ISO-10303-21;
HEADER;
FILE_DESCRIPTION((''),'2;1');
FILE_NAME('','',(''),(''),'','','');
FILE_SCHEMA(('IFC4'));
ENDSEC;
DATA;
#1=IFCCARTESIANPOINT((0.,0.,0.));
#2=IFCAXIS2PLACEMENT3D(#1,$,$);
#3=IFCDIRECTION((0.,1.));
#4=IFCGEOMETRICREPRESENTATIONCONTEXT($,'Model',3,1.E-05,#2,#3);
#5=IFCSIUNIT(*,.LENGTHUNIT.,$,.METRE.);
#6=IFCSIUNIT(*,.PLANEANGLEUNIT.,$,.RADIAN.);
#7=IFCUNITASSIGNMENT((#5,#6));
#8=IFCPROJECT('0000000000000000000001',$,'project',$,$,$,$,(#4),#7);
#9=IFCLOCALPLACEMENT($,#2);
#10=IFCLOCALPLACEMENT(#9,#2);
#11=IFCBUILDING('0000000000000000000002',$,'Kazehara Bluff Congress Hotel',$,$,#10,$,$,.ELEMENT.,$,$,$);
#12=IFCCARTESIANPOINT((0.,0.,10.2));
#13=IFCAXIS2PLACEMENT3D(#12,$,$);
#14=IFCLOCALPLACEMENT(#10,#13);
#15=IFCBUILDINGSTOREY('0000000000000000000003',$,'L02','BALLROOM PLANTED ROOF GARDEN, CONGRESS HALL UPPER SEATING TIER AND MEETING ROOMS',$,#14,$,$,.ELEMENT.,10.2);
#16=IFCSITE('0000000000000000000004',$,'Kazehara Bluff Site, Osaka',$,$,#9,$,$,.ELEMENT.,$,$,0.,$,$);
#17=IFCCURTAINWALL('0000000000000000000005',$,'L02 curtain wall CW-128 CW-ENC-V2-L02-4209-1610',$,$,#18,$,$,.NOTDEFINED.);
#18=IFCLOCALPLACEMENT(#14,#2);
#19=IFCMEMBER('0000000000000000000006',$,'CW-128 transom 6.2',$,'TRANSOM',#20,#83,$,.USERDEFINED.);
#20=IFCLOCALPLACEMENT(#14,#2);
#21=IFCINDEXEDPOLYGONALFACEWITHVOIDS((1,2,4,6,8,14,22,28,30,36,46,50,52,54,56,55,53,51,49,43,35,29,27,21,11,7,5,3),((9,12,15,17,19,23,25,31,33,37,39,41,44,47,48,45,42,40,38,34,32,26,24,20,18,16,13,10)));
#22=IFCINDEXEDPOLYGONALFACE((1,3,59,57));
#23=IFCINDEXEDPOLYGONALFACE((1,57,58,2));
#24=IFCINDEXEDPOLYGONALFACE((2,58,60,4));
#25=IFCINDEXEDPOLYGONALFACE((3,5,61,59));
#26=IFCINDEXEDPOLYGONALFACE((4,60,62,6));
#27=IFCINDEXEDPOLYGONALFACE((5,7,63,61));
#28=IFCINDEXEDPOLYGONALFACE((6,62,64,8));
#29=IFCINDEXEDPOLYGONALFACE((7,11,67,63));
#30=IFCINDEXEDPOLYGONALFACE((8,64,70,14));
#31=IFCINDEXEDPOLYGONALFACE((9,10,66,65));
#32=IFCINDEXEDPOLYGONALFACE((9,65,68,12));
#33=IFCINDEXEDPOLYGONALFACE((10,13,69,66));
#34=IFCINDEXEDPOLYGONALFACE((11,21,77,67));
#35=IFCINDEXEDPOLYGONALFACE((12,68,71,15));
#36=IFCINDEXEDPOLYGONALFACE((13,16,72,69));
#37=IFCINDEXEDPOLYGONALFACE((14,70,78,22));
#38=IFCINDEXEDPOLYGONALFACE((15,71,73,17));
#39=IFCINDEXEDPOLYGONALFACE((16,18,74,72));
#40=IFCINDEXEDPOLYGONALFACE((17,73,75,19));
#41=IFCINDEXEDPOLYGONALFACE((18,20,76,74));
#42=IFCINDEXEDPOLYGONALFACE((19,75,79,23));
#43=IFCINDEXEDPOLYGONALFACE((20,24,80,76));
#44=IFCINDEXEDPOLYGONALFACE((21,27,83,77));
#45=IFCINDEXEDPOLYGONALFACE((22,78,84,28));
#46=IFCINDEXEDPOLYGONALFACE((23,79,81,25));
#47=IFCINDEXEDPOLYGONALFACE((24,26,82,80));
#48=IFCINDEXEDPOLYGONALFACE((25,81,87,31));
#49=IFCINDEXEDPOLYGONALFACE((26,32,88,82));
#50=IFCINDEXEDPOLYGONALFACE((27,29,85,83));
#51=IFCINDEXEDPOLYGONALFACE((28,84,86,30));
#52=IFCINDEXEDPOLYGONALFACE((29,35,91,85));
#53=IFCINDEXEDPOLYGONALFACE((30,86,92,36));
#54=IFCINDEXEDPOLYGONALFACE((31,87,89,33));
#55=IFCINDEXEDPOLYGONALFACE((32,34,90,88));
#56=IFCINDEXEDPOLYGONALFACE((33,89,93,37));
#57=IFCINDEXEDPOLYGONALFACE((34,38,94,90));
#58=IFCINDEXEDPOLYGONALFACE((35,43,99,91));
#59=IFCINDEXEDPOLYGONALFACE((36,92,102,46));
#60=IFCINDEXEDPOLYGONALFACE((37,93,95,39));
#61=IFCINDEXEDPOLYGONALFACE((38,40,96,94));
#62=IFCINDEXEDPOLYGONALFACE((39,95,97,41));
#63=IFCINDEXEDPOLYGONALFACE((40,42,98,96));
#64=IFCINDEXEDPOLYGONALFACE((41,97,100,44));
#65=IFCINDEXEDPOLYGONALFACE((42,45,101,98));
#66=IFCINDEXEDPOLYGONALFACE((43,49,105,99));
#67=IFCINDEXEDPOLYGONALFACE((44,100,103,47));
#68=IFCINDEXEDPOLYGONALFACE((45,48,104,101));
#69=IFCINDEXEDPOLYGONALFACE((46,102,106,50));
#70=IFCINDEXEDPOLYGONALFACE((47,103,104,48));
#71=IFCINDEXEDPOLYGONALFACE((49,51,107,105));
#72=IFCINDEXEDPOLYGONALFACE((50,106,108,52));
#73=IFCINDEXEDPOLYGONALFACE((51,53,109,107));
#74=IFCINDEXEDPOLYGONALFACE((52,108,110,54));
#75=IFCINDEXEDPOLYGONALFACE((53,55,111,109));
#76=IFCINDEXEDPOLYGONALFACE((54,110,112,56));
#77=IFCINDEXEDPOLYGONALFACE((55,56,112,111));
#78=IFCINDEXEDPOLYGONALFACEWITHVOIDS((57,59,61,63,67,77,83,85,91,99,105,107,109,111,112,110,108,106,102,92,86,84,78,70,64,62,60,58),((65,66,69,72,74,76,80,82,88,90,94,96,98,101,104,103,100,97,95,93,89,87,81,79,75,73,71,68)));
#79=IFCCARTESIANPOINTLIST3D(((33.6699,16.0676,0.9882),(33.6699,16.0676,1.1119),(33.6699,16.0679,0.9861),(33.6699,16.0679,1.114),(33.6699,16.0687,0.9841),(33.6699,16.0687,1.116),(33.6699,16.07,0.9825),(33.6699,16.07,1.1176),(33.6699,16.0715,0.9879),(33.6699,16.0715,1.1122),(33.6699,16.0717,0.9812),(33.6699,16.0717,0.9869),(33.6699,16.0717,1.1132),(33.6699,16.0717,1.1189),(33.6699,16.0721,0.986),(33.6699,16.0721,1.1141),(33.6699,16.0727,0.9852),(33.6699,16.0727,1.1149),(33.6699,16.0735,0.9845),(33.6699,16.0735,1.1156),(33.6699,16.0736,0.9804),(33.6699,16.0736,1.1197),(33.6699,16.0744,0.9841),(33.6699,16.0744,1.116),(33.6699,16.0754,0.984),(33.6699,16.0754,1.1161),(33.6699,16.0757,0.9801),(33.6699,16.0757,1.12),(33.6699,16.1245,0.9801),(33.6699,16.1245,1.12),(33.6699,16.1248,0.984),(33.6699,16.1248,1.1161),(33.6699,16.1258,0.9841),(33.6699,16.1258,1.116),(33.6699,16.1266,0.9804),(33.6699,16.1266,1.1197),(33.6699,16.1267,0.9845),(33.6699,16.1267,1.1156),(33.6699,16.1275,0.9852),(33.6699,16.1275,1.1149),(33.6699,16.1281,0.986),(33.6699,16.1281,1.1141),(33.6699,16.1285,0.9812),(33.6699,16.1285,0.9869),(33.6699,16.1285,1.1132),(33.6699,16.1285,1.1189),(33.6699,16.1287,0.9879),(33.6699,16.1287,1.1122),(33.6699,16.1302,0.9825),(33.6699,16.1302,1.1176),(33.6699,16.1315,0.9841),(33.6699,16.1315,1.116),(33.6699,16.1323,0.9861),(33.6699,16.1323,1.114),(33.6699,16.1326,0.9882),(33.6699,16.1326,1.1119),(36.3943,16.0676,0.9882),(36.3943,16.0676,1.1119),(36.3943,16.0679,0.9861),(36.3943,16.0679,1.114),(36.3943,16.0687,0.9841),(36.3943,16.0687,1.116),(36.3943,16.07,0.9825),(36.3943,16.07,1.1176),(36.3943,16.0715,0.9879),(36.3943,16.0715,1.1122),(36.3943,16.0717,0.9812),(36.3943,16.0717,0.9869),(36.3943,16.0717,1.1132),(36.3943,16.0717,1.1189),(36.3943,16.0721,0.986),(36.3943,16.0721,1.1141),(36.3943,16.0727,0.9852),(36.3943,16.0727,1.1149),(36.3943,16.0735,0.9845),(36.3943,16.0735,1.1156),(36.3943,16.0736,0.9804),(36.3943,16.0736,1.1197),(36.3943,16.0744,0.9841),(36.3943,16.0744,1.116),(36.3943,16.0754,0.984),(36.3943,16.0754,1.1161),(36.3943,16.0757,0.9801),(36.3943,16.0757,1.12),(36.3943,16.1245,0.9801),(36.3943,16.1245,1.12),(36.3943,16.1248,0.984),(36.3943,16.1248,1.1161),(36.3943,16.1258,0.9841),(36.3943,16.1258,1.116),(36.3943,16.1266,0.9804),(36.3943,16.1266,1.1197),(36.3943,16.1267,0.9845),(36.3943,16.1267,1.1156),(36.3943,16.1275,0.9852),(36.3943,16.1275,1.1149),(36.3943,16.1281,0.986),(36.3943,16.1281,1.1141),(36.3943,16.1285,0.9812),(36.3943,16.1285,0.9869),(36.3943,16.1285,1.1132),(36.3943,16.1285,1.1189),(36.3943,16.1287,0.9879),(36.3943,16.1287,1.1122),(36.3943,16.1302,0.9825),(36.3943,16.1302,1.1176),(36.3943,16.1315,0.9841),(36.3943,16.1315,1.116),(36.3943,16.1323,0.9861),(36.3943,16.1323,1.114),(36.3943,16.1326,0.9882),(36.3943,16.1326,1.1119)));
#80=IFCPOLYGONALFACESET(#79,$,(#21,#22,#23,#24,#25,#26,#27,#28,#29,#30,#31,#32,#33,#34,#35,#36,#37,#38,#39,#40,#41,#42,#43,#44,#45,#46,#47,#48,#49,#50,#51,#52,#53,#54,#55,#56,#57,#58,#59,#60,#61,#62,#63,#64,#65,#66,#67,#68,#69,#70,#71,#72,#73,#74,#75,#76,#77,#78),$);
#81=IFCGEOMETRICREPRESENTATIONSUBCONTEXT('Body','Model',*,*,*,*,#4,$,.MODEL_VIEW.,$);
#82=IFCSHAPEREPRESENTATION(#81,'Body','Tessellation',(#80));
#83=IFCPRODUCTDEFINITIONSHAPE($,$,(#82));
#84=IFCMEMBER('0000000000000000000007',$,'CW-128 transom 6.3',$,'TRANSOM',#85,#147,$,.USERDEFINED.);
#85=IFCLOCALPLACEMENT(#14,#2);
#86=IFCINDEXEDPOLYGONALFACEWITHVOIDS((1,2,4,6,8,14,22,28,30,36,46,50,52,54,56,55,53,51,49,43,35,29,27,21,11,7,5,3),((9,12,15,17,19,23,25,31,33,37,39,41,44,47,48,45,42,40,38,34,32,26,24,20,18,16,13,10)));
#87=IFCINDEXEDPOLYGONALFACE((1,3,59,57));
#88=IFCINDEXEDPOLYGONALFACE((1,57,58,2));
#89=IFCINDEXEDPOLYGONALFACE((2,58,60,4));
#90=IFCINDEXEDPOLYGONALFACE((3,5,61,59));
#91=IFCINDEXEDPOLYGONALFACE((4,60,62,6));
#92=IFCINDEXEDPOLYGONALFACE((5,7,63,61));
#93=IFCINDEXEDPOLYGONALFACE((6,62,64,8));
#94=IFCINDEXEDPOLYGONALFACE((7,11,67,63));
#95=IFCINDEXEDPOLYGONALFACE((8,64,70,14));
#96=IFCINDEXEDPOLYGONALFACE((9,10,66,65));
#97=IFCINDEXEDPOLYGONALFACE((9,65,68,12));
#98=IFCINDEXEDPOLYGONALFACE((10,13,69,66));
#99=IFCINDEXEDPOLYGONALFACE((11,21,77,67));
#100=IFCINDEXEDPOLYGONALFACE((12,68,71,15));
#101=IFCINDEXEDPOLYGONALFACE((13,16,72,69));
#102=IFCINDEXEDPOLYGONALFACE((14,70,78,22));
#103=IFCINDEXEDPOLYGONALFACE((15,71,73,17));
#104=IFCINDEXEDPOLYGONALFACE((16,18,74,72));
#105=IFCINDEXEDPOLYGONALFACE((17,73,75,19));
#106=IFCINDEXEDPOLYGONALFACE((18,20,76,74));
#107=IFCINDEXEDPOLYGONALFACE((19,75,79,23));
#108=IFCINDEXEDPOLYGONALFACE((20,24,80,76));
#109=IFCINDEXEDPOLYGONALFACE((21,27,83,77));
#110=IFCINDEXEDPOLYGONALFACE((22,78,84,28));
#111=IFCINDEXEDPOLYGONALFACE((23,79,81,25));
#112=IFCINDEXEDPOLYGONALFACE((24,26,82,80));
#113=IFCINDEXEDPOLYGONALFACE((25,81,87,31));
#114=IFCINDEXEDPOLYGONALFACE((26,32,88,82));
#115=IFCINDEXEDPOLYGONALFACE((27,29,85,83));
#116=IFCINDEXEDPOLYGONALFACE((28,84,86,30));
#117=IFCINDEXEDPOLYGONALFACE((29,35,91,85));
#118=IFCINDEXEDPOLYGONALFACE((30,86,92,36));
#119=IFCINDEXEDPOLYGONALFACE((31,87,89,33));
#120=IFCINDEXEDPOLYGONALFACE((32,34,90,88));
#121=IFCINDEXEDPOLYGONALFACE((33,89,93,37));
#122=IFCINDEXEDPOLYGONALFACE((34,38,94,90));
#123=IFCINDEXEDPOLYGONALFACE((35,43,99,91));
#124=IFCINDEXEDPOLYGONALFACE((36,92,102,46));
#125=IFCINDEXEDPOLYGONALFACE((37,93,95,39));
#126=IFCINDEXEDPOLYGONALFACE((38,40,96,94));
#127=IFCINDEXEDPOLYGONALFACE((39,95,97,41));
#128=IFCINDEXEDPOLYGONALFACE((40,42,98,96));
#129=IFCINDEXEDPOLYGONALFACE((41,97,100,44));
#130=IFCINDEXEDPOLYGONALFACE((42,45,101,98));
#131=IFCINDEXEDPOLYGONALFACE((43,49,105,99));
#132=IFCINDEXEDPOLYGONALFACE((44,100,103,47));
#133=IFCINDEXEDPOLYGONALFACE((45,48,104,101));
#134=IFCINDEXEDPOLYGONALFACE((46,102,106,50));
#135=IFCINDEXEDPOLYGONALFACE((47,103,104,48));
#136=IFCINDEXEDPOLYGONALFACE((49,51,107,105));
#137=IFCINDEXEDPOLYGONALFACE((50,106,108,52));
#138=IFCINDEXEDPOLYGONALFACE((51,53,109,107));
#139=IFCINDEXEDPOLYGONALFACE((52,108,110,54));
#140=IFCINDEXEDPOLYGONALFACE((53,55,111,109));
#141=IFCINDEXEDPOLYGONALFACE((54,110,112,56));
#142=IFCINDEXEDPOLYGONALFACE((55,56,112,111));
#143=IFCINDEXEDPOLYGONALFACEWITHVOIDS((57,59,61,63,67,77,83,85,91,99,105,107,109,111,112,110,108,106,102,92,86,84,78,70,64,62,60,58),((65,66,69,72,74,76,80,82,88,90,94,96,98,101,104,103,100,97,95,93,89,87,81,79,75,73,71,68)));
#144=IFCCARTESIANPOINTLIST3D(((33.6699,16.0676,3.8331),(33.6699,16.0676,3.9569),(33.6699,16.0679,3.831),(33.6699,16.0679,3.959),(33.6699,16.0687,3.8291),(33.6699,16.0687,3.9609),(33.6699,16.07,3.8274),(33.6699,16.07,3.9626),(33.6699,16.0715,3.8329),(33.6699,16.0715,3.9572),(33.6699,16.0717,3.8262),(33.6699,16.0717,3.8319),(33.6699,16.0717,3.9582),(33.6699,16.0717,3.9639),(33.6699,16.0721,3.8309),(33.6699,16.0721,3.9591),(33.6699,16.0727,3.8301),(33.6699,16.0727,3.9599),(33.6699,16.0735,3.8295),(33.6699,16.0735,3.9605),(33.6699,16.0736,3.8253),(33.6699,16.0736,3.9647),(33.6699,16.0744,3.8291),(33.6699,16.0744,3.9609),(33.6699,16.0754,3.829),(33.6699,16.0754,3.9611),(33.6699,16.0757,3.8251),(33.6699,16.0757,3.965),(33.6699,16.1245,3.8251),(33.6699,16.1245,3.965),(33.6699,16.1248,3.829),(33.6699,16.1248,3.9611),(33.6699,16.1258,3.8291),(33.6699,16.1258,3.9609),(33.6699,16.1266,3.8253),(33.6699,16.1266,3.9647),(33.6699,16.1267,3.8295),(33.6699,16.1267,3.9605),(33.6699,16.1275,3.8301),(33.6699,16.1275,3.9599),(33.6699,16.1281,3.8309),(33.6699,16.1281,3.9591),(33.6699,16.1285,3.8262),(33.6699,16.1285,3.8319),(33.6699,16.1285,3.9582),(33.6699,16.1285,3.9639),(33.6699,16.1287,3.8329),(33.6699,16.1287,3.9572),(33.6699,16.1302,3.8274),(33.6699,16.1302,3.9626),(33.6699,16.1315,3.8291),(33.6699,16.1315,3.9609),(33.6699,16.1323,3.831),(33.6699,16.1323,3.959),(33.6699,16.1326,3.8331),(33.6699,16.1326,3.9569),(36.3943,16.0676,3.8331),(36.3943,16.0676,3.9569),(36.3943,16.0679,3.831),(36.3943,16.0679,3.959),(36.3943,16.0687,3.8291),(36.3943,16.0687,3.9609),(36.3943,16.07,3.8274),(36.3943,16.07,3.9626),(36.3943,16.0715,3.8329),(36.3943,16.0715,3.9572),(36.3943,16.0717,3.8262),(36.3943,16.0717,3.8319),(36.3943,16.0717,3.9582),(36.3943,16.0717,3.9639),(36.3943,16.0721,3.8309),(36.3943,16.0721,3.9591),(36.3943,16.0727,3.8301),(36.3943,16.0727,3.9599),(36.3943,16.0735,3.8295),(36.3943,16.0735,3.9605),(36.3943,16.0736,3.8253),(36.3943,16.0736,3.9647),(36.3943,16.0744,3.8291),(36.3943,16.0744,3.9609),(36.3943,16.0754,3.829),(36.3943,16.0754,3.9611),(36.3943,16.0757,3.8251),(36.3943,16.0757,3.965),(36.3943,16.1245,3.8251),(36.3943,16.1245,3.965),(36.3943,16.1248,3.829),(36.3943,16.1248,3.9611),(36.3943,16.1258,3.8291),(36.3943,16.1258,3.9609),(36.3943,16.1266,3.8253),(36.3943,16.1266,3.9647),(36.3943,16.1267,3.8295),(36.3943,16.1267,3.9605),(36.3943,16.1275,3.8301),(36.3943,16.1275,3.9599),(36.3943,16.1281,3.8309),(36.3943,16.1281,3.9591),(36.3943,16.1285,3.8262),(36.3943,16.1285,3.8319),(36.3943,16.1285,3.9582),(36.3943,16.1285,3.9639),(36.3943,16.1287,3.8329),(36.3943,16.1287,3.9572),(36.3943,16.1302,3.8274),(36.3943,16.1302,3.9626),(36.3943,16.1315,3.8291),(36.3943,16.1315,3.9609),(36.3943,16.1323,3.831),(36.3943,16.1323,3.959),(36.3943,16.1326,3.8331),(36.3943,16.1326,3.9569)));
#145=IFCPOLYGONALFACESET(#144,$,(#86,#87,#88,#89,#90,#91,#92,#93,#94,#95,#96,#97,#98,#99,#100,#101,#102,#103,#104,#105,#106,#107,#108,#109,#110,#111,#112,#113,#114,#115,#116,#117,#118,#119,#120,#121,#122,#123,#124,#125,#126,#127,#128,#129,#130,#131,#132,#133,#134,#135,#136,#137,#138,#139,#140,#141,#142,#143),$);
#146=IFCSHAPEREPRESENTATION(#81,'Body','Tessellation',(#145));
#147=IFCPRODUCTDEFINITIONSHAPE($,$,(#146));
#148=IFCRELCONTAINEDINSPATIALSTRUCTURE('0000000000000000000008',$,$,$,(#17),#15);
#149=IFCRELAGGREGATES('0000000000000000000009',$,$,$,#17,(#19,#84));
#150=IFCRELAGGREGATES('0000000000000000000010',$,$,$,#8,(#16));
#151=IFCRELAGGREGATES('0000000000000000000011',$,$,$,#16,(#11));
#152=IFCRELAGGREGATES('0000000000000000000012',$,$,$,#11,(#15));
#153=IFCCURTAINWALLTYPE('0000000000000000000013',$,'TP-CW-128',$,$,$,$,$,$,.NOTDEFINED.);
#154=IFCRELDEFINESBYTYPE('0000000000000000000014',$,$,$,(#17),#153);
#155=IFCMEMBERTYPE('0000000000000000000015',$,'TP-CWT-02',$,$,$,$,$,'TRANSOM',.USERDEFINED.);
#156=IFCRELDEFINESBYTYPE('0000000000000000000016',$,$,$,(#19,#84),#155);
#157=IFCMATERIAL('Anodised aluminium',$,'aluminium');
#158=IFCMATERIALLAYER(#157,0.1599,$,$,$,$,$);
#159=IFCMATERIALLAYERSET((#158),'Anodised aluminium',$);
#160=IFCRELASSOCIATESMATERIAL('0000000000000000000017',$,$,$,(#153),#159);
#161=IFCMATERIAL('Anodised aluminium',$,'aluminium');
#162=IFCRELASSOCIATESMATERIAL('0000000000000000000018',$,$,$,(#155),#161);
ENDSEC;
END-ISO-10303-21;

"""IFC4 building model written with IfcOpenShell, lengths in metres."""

from ifc_helpers import new_model, si_unit, direction, frame, origin, origin_2d, place, context, subcontext, project, spatial, hollow_rectangle, extrude, material, layer, layer_set, material_profile, profile_set, type_object, element, aggregate, save


model = new_model("IFC4")

# Units and contexts
model_context = context("Model", 3, precision=1e-05, world=origin(), true_north=direction((0.0, 1.0)))
body_context = subcontext(model_context, "Body", "Model", "MODEL_VIEW")
ifc_project = project(units=[si_unit("LENGTHUNIT", "METRE"), si_unit("PLANEANGLEUNIT", "RADIAN")], contexts=[model_context])

# Site, building, storey
site_placement = place(None, origin())
site = spatial("IfcSite", under=ifc_project, at=site_placement, Name="Kazehara Bluff Site, Osaka", CompositionType="ELEMENT", RefElevation=0.0)
building_placement = place(site_placement, origin())
building = spatial("IfcBuilding", under=site, at=building_placement, Name="Kazehara Bluff Congress Hotel", CompositionType="ELEMENT")
storey_placement = place(building_placement, frame((0.0, 0.0, 10.2)))
storey = spatial("IfcBuildingStorey", under=building, at=storey_placement, Name="L02", Description="BALLROOM PLANTED ROOF GARDEN, CONGRESS HALL UPPER SEATING TIER AND MEETING ROOMS", CompositionType="ELEMENT", Elevation=10.2)

# Curtain wall, members
ifc_material_1 = material(Name="Anodised aluminium", Category="aluminium")
ifc_layer_1 = layer(ifc_material_1, 0.1599)
ifc_layer_set_1 = layer_set([ifc_layer_1], Name="Anodised aluminium")
curtain_wall_type = type_object("IfcCurtainWallType", Name="TP-CW-128", PredefinedType="NOTDEFINED", material=ifc_layer_set_1)
curtain_wall_placement = place(storey_placement, origin())
curtain_wall = element("IfcCurtainWall", 1, at=curtain_wall_placement, inside=storey, type_object=curtain_wall_type, Name="L02 curtain wall CW-128 CW-ENC-V2-L02-4209-1610", PredefinedType="NOTDEFINED")
ifc_material_2 = material(Name="Anodised aluminium", Category="aluminium")
ifc_material_profile_1 = material_profile(ifc_material_2, hollow_rectangle(XDim=0.0649, YDim=0.1399, WallThickness=0.0039, InnerFilletRadius=0.0039, OuterFilletRadius=0.0081, at=origin_2d()))
ifc_profile_set_1 = profile_set([ifc_material_profile_1], Name="Anodised aluminium")
member_type_1 = type_object("IfcMemberType", Name="TP-CWT-02", ElementType="TRANSOM", PredefinedType="USERDEFINED", material=ifc_profile_set_1)
member_1_placement = place(storey_placement, frame((36.3943, 16.1001, 1.05), z_axis=(-1.0, 0.0, 0.0), x_axis=(0.0, -1.0, 0.0)))
member_1 = element("IfcMember", 2, at=member_1_placement, type_object=member_type_1, Name="CW-128 transom 6.2", ObjectType="TRANSOM", PredefinedType="USERDEFINED", context=body_context, shape_type="SweptSolid", body=[
    extrude(hollow_rectangle(XDim=0.0649, YDim=0.1399, WallThickness=0.0039, InnerFilletRadius=0.0039, OuterFilletRadius=0.0081, at=origin_2d()), origin(), (0.0, 0.0, 1.0), 2.7244),
])
member_2_placement = place(storey_placement, frame((36.3943, 16.1001, 3.895), z_axis=(-1.0, 0.0, 0.0), x_axis=(0.0, -1.0, 0.0)))
member_2 = element("IfcMember", 3, at=member_2_placement, type_object=member_type_1, Name="CW-128 transom 6.3", ObjectType="TRANSOM", PredefinedType="USERDEFINED", context=body_context, shape_type="SweptSolid", body=[
    extrude(hollow_rectangle(XDim=0.0649, YDim=0.1399, WallThickness=0.0039, InnerFilletRadius=0.0039, OuterFilletRadius=0.0081, at=origin_2d()), origin(), (0.0, 0.0, 1.0), 2.7244),
])
aggregate(curtain_wall, [member_1, member_2])

save(model, "model.ifc")
